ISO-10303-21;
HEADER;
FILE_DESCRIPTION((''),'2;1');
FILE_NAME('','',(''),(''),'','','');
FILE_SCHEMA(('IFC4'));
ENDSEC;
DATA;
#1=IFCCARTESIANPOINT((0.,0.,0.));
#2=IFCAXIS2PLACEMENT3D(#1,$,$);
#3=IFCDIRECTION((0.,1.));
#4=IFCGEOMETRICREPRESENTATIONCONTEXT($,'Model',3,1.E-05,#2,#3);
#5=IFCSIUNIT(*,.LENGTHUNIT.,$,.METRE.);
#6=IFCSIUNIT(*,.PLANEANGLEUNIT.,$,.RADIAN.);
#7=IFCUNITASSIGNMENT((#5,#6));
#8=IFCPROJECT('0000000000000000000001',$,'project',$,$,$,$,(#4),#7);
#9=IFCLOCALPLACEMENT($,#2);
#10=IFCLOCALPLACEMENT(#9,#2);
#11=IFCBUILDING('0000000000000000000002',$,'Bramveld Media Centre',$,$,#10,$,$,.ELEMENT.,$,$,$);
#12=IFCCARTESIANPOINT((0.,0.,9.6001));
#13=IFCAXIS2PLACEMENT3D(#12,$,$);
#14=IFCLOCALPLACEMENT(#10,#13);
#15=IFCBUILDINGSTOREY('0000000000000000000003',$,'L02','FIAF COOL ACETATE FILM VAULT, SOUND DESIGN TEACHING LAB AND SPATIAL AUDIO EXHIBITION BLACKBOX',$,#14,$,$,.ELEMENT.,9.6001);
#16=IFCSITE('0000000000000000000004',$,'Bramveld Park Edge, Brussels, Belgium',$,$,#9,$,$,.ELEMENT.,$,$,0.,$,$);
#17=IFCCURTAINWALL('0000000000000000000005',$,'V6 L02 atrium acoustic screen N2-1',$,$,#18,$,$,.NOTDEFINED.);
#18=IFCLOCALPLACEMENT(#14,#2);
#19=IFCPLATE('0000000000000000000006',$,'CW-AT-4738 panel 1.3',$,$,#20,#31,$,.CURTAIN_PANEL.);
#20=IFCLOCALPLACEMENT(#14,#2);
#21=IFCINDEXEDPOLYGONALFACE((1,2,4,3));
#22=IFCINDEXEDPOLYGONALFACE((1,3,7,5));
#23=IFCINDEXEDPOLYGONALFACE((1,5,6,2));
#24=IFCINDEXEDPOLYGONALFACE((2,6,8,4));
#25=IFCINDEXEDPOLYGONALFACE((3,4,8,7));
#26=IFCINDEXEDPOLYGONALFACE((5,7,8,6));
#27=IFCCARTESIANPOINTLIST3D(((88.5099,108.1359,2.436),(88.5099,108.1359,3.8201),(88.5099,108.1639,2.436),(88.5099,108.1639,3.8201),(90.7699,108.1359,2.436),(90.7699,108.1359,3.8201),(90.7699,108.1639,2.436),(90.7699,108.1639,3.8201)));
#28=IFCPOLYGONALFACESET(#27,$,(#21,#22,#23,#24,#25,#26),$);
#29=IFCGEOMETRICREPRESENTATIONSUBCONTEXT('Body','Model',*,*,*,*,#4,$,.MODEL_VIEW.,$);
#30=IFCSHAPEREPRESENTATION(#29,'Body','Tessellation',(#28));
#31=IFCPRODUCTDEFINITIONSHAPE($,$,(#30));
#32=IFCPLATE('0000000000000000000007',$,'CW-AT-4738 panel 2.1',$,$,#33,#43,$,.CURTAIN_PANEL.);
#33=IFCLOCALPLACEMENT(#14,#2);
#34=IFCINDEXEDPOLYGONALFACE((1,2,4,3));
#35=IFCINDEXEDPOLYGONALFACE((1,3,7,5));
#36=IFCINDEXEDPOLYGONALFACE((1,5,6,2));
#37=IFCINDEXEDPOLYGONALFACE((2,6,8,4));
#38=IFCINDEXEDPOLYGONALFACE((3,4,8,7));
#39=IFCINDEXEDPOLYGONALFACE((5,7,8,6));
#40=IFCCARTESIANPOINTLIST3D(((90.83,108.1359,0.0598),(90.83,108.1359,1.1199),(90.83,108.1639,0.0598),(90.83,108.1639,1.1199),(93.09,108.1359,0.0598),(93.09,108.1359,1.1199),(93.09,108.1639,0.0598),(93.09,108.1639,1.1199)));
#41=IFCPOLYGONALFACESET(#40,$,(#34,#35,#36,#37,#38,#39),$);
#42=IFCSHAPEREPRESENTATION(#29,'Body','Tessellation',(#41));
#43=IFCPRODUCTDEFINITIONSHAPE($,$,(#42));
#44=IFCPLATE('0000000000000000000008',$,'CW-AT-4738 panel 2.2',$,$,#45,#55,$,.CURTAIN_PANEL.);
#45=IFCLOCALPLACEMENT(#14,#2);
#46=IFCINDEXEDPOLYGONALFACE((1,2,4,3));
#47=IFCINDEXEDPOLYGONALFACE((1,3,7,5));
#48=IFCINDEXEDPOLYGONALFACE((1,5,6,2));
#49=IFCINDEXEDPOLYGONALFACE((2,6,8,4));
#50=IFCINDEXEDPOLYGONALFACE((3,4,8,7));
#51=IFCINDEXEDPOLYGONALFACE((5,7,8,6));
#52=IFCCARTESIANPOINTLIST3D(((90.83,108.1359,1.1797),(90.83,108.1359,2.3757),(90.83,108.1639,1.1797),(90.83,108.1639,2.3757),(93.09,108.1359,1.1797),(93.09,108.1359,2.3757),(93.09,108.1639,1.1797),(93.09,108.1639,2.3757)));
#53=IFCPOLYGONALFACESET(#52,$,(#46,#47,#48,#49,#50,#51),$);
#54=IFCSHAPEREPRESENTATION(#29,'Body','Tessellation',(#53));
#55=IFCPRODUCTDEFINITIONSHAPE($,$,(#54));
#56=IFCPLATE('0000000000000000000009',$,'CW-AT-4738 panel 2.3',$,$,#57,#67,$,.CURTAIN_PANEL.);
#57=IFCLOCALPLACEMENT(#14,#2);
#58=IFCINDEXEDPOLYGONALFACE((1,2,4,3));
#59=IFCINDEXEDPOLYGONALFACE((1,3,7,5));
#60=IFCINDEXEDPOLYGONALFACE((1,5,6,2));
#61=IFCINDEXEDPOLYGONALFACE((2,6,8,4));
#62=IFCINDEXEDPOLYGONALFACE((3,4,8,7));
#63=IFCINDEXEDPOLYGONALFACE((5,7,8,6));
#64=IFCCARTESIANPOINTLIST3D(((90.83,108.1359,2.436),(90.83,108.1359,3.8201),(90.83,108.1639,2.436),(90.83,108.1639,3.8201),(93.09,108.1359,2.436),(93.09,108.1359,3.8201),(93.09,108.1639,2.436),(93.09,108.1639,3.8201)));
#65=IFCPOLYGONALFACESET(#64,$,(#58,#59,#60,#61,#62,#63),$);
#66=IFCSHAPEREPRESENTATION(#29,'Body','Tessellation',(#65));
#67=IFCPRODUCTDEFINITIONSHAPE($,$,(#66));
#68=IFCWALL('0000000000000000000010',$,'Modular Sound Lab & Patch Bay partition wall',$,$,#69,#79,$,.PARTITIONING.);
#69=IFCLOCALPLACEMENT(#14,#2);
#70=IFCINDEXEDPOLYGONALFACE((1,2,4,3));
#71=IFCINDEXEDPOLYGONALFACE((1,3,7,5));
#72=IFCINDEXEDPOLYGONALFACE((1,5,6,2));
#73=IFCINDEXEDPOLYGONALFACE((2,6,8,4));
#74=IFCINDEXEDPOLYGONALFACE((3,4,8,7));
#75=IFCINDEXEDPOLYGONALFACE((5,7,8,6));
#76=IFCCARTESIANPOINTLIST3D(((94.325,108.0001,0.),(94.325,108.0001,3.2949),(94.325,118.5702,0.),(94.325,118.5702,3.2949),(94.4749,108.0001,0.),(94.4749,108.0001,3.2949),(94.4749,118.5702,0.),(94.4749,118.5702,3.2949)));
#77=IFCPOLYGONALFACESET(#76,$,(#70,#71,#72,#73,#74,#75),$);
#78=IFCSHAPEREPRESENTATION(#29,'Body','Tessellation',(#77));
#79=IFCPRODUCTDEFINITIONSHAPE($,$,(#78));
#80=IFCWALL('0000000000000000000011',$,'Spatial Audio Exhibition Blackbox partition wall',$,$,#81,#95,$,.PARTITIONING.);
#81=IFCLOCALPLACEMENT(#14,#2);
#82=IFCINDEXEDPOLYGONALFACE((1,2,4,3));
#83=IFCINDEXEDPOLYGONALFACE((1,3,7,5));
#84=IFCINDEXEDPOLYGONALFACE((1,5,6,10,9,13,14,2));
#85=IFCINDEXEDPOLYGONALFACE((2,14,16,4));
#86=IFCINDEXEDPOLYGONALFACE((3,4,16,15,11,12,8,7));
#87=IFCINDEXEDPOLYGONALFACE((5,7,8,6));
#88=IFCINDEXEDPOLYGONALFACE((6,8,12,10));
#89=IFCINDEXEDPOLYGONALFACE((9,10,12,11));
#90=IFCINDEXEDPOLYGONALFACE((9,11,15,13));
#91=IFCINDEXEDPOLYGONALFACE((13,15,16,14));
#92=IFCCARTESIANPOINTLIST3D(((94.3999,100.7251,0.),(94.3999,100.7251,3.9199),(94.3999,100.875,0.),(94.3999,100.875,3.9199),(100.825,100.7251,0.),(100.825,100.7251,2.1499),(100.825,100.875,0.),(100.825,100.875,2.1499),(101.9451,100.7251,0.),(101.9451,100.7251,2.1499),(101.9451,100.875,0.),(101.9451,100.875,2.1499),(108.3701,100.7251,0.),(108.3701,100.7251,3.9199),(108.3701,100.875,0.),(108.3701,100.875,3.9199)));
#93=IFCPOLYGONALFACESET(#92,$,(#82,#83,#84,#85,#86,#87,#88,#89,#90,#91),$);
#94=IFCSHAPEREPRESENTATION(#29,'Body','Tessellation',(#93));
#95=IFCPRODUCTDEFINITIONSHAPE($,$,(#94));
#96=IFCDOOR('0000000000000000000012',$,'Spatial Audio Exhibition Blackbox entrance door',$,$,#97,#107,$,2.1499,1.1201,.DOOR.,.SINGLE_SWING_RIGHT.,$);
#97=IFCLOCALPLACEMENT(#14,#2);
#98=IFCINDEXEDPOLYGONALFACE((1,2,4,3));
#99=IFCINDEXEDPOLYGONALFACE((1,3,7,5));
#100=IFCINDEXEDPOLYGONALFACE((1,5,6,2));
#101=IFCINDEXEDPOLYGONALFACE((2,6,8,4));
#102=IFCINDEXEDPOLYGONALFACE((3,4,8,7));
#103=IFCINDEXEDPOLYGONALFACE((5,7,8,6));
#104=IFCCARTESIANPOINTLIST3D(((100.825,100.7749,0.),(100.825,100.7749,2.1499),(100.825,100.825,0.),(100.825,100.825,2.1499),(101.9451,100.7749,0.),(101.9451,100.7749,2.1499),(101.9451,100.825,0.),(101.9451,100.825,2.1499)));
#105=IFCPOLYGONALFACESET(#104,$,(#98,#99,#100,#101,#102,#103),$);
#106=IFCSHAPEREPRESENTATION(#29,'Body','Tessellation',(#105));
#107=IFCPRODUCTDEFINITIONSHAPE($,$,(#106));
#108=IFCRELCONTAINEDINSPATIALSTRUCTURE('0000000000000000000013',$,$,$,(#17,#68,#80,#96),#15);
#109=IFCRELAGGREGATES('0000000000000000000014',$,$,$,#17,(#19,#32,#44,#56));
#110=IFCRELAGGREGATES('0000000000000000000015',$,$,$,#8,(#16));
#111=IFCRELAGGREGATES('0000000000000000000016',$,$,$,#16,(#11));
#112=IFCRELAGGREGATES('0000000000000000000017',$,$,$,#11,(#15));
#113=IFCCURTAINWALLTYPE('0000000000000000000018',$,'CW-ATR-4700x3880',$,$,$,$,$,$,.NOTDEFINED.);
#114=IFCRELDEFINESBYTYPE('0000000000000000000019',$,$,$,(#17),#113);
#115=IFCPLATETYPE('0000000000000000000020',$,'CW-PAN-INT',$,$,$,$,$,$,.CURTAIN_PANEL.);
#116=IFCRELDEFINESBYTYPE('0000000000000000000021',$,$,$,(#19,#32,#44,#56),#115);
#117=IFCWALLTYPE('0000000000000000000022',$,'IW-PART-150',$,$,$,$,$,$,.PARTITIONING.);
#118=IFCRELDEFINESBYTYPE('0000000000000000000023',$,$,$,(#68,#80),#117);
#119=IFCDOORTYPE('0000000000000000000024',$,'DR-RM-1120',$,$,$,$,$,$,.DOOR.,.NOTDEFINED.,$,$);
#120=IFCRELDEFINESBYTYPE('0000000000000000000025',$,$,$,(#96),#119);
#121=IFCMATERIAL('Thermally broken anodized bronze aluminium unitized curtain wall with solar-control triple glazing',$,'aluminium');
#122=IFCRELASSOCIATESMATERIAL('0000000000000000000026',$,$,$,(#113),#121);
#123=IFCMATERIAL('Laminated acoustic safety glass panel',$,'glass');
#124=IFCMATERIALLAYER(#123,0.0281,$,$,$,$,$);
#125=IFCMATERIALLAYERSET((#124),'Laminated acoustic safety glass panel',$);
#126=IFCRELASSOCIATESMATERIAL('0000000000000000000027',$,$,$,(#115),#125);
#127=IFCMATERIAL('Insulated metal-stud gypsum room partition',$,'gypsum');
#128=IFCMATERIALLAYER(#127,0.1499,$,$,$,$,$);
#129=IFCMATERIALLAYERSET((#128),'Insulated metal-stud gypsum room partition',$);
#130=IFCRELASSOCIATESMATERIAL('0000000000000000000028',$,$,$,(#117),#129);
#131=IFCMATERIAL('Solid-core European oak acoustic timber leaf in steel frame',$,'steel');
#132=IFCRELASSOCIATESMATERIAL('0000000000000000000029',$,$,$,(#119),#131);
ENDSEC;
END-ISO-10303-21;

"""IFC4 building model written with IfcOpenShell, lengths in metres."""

from ifc_helpers import new_model, si_unit, direction, frame, frame_2d, origin, origin_2d, place, context, subcontext, project, spatial, rectangle, extrude, material, layer, layer_set, type_object, element, fill, aggregate, save


model = new_model("IFC4")

# Units and contexts
model_context = context("Model", 3, precision=1e-05, world=origin(), true_north=direction((0.0, 1.0)))
body_context = subcontext(model_context, "Body", "Model", "MODEL_VIEW")
ifc_project = project(units=[si_unit("LENGTHUNIT", "METRE"), si_unit("PLANEANGLEUNIT", "RADIAN")], contexts=[model_context])

# Site, building, storey
site_placement = place(None, origin())
site = spatial("IfcSite", under=ifc_project, at=site_placement, Name="Bramveld Park Edge, Brussels, Belgium", CompositionType="ELEMENT", RefElevation=0.0)
building_placement = place(site_placement, origin())
building = spatial("IfcBuilding", under=site, at=building_placement, Name="Bramveld Media Centre", CompositionType="ELEMENT")
storey_placement = place(building_placement, frame((0.0, 0.0, 9.6001)))
storey = spatial("IfcBuildingStorey", under=building, at=storey_placement, Name="L02", Description="FIAF COOL ACETATE FILM VAULT, SOUND DESIGN TEACHING LAB AND SPATIAL AUDIO EXHIBITION BLACKBOX", CompositionType="ELEMENT", Elevation=9.6001)

# Shared definitions
ifc_material_1 = material(Name="Thermally broken anodized bronze aluminium unitized curtain wall with solar-control triple glazing", Category="aluminium")
curtain_wall_type_1 = type_object("IfcCurtainWallType", Name="CW-ATR-4700x3880", PredefinedType="NOTDEFINED", material=ifc_material_1)

# Curtain wall
curtain_wall_1_placement = place(storey_placement, origin())
curtain_wall_1 = element("IfcCurtainWall", 1, at=curtain_wall_1_placement, inside=storey, type_object=curtain_wall_type_1, Name="V6 L02 atrium acoustic screen N2-1", PredefinedType="NOTDEFINED")

# Plates
ifc_material_2 = material(Name="Laminated acoustic safety glass panel", Category="glass")
ifc_layer_1 = layer(ifc_material_2, 0.0281)
ifc_layer_set_1 = layer_set([ifc_layer_1], Name="Laminated acoustic safety glass panel")
plate_type = type_object("IfcPlateType", Name="CW-PAN-INT", PredefinedType="CURTAIN_PANEL", material=ifc_layer_set_1)
plate_1_placement = place(storey_placement, frame((89.6399, 108.1499, 2.436), z_axis=(0.0, 0.0, 1.0), x_axis=(1.0, 0.0, 0.0)))
plate_1 = element("IfcPlate", 2, at=plate_1_placement, type_object=plate_type, Name="CW-AT-4738 panel 1.3", PredefinedType="CURTAIN_PANEL", context=body_context, shape_type="SweptSolid", body=[
    extrude(rectangle(XDim=2.26, YDim=0.0281, at=origin_2d()), origin(), (0.0, 0.0, 1.0), 1.384),
])
plate_2_placement = place(storey_placement, frame((91.96, 108.1499, 0.0598), z_axis=(0.0, 0.0, 1.0), x_axis=(1.0, 0.0, 0.0)))
plate_2 = element("IfcPlate", 3, at=plate_2_placement, type_object=plate_type, Name="CW-AT-4738 panel 2.1", PredefinedType="CURTAIN_PANEL", context=body_context, shape_type="SweptSolid", body=[
    extrude(rectangle(XDim=2.26, YDim=0.0281, at=origin_2d()), origin(), (0.0, 0.0, 1.0), 1.0601),
])
plate_3_placement = place(storey_placement, frame((91.96, 108.1499, 1.1797), z_axis=(0.0, 0.0, 1.0), x_axis=(1.0, 0.0, 0.0)))
plate_3 = element("IfcPlate", 4, at=plate_3_placement, type_object=plate_type, Name="CW-AT-4738 panel 2.2", PredefinedType="CURTAIN_PANEL", context=body_context, shape_type="SweptSolid", body=[
    extrude(rectangle(XDim=2.26, YDim=0.0281, at=origin_2d()), origin(), (0.0, 0.0, 1.0), 1.196),
])
plate_4_placement = place(storey_placement, frame((91.96, 108.1499, 2.436), z_axis=(0.0, 0.0, 1.0), x_axis=(1.0, 0.0, 0.0)))
plate_4 = element("IfcPlate", 5, at=plate_4_placement, type_object=plate_type, Name="CW-AT-4738 panel 2.3", PredefinedType="CURTAIN_PANEL", context=body_context, shape_type="SweptSolid", body=[
    extrude(rectangle(XDim=2.26, YDim=0.0281, at=origin_2d()), origin(), (0.0, 0.0, 1.0), 1.384),
])
aggregate(curtain_wall_1, [plate_1, plate_2, plate_3, plate_4])

# Wall
ifc_material_3 = material(Name="Insulated metal-stud gypsum room partition", Category="gypsum")
ifc_layer_2 = layer(ifc_material_3, 0.1499)
ifc_layer_set_2 = layer_set([ifc_layer_2], Name="Insulated metal-stud gypsum room partition")
wall_type = type_object("IfcWallType", Name="IW-PART-150", PredefinedType="PARTITIONING", material=ifc_layer_set_2)
wall_1_placement = place(storey_placement, frame((94.3999, 108.0, 0.0), z_axis=(0.0, 0.0, 1.0), x_axis=(0.0, 1.0, 0.0)))
element("IfcWall", 6, at=wall_1_placement, inside=storey, type_object=wall_type, Name="Modular Sound Lab & Patch Bay partition wall", PredefinedType="PARTITIONING", context=body_context, shape_type="SweptSolid", body=[
    extrude(rectangle(XDim=10.5701, YDim=0.1499, at=frame_2d((5.2852, 0.0))), origin(), (0.0, 0.0, 1.0), 3.2949),
])

# Wall, opening, door
wall_2_placement = place(storey_placement, frame((94.3999, 100.8, 0.0), z_axis=(0.0, 0.0, 1.0), x_axis=(1.0, 0.0, 0.0)))
wall_2 = element("IfcWall", 7, at=wall_2_placement, inside=storey, type_object=wall_type, Name="Spatial Audio Exhibition Blackbox partition wall", PredefinedType="PARTITIONING", context=body_context, shape_type="SweptSolid", body=[
    extrude(rectangle(XDim=13.9702, YDim=0.1499, at=frame_2d((6.9851, 0.0))), origin(), (0.0, 0.0, 1.0), 3.9199),
])
opening_placement = place(wall_2_placement, frame((6.425, 0.0, 0.0)))
opening = element("IfcOpeningElement", 8, at=opening_placement, cuts=wall_2, PredefinedType="OPENING", context=body_context, shape_type="SweptSolid", body=[
    extrude(rectangle(XDim=1.1201, YDim=2.1499, at=frame_2d((0.5601, 1.075))), frame((0.0, 0.0869, 0.0), z_axis=(0.0, -1.0, 0.0), x_axis=(1.0, 0.0, 0.0)), (0.0, 0.0, 1.0), 0.1738),
])
ifc_material_4 = material(Name="Solid-core European oak acoustic timber leaf in steel frame", Category="steel")
door_type = type_object("IfcDoorType", Name="DR-RM-1120", OperationType="NOTDEFINED", PredefinedType="DOOR", material=ifc_material_4)
door_placement = place(opening_placement, origin())
door = element("IfcDoor", 9, at=door_placement, inside=storey, type_object=door_type, Name="Spatial Audio Exhibition Blackbox entrance door", OperationType="SINGLE_SWING_RIGHT", OverallHeight=2.1499, OverallWidth=1.1201, PredefinedType="DOOR", context=body_context, shape_type="SweptSolid", body=[
    extrude(rectangle(XDim=1.1201, YDim=2.1499, at=frame_2d((0.5601, 1.075))), frame((0.0, 0.0249, 0.0), z_axis=(0.0, -1.0, 0.0), x_axis=(1.0, 0.0, 0.0)), (0.0, 0.0, 1.0), 0.05),
])
fill(opening, door)

save(model, "model.ifc")
